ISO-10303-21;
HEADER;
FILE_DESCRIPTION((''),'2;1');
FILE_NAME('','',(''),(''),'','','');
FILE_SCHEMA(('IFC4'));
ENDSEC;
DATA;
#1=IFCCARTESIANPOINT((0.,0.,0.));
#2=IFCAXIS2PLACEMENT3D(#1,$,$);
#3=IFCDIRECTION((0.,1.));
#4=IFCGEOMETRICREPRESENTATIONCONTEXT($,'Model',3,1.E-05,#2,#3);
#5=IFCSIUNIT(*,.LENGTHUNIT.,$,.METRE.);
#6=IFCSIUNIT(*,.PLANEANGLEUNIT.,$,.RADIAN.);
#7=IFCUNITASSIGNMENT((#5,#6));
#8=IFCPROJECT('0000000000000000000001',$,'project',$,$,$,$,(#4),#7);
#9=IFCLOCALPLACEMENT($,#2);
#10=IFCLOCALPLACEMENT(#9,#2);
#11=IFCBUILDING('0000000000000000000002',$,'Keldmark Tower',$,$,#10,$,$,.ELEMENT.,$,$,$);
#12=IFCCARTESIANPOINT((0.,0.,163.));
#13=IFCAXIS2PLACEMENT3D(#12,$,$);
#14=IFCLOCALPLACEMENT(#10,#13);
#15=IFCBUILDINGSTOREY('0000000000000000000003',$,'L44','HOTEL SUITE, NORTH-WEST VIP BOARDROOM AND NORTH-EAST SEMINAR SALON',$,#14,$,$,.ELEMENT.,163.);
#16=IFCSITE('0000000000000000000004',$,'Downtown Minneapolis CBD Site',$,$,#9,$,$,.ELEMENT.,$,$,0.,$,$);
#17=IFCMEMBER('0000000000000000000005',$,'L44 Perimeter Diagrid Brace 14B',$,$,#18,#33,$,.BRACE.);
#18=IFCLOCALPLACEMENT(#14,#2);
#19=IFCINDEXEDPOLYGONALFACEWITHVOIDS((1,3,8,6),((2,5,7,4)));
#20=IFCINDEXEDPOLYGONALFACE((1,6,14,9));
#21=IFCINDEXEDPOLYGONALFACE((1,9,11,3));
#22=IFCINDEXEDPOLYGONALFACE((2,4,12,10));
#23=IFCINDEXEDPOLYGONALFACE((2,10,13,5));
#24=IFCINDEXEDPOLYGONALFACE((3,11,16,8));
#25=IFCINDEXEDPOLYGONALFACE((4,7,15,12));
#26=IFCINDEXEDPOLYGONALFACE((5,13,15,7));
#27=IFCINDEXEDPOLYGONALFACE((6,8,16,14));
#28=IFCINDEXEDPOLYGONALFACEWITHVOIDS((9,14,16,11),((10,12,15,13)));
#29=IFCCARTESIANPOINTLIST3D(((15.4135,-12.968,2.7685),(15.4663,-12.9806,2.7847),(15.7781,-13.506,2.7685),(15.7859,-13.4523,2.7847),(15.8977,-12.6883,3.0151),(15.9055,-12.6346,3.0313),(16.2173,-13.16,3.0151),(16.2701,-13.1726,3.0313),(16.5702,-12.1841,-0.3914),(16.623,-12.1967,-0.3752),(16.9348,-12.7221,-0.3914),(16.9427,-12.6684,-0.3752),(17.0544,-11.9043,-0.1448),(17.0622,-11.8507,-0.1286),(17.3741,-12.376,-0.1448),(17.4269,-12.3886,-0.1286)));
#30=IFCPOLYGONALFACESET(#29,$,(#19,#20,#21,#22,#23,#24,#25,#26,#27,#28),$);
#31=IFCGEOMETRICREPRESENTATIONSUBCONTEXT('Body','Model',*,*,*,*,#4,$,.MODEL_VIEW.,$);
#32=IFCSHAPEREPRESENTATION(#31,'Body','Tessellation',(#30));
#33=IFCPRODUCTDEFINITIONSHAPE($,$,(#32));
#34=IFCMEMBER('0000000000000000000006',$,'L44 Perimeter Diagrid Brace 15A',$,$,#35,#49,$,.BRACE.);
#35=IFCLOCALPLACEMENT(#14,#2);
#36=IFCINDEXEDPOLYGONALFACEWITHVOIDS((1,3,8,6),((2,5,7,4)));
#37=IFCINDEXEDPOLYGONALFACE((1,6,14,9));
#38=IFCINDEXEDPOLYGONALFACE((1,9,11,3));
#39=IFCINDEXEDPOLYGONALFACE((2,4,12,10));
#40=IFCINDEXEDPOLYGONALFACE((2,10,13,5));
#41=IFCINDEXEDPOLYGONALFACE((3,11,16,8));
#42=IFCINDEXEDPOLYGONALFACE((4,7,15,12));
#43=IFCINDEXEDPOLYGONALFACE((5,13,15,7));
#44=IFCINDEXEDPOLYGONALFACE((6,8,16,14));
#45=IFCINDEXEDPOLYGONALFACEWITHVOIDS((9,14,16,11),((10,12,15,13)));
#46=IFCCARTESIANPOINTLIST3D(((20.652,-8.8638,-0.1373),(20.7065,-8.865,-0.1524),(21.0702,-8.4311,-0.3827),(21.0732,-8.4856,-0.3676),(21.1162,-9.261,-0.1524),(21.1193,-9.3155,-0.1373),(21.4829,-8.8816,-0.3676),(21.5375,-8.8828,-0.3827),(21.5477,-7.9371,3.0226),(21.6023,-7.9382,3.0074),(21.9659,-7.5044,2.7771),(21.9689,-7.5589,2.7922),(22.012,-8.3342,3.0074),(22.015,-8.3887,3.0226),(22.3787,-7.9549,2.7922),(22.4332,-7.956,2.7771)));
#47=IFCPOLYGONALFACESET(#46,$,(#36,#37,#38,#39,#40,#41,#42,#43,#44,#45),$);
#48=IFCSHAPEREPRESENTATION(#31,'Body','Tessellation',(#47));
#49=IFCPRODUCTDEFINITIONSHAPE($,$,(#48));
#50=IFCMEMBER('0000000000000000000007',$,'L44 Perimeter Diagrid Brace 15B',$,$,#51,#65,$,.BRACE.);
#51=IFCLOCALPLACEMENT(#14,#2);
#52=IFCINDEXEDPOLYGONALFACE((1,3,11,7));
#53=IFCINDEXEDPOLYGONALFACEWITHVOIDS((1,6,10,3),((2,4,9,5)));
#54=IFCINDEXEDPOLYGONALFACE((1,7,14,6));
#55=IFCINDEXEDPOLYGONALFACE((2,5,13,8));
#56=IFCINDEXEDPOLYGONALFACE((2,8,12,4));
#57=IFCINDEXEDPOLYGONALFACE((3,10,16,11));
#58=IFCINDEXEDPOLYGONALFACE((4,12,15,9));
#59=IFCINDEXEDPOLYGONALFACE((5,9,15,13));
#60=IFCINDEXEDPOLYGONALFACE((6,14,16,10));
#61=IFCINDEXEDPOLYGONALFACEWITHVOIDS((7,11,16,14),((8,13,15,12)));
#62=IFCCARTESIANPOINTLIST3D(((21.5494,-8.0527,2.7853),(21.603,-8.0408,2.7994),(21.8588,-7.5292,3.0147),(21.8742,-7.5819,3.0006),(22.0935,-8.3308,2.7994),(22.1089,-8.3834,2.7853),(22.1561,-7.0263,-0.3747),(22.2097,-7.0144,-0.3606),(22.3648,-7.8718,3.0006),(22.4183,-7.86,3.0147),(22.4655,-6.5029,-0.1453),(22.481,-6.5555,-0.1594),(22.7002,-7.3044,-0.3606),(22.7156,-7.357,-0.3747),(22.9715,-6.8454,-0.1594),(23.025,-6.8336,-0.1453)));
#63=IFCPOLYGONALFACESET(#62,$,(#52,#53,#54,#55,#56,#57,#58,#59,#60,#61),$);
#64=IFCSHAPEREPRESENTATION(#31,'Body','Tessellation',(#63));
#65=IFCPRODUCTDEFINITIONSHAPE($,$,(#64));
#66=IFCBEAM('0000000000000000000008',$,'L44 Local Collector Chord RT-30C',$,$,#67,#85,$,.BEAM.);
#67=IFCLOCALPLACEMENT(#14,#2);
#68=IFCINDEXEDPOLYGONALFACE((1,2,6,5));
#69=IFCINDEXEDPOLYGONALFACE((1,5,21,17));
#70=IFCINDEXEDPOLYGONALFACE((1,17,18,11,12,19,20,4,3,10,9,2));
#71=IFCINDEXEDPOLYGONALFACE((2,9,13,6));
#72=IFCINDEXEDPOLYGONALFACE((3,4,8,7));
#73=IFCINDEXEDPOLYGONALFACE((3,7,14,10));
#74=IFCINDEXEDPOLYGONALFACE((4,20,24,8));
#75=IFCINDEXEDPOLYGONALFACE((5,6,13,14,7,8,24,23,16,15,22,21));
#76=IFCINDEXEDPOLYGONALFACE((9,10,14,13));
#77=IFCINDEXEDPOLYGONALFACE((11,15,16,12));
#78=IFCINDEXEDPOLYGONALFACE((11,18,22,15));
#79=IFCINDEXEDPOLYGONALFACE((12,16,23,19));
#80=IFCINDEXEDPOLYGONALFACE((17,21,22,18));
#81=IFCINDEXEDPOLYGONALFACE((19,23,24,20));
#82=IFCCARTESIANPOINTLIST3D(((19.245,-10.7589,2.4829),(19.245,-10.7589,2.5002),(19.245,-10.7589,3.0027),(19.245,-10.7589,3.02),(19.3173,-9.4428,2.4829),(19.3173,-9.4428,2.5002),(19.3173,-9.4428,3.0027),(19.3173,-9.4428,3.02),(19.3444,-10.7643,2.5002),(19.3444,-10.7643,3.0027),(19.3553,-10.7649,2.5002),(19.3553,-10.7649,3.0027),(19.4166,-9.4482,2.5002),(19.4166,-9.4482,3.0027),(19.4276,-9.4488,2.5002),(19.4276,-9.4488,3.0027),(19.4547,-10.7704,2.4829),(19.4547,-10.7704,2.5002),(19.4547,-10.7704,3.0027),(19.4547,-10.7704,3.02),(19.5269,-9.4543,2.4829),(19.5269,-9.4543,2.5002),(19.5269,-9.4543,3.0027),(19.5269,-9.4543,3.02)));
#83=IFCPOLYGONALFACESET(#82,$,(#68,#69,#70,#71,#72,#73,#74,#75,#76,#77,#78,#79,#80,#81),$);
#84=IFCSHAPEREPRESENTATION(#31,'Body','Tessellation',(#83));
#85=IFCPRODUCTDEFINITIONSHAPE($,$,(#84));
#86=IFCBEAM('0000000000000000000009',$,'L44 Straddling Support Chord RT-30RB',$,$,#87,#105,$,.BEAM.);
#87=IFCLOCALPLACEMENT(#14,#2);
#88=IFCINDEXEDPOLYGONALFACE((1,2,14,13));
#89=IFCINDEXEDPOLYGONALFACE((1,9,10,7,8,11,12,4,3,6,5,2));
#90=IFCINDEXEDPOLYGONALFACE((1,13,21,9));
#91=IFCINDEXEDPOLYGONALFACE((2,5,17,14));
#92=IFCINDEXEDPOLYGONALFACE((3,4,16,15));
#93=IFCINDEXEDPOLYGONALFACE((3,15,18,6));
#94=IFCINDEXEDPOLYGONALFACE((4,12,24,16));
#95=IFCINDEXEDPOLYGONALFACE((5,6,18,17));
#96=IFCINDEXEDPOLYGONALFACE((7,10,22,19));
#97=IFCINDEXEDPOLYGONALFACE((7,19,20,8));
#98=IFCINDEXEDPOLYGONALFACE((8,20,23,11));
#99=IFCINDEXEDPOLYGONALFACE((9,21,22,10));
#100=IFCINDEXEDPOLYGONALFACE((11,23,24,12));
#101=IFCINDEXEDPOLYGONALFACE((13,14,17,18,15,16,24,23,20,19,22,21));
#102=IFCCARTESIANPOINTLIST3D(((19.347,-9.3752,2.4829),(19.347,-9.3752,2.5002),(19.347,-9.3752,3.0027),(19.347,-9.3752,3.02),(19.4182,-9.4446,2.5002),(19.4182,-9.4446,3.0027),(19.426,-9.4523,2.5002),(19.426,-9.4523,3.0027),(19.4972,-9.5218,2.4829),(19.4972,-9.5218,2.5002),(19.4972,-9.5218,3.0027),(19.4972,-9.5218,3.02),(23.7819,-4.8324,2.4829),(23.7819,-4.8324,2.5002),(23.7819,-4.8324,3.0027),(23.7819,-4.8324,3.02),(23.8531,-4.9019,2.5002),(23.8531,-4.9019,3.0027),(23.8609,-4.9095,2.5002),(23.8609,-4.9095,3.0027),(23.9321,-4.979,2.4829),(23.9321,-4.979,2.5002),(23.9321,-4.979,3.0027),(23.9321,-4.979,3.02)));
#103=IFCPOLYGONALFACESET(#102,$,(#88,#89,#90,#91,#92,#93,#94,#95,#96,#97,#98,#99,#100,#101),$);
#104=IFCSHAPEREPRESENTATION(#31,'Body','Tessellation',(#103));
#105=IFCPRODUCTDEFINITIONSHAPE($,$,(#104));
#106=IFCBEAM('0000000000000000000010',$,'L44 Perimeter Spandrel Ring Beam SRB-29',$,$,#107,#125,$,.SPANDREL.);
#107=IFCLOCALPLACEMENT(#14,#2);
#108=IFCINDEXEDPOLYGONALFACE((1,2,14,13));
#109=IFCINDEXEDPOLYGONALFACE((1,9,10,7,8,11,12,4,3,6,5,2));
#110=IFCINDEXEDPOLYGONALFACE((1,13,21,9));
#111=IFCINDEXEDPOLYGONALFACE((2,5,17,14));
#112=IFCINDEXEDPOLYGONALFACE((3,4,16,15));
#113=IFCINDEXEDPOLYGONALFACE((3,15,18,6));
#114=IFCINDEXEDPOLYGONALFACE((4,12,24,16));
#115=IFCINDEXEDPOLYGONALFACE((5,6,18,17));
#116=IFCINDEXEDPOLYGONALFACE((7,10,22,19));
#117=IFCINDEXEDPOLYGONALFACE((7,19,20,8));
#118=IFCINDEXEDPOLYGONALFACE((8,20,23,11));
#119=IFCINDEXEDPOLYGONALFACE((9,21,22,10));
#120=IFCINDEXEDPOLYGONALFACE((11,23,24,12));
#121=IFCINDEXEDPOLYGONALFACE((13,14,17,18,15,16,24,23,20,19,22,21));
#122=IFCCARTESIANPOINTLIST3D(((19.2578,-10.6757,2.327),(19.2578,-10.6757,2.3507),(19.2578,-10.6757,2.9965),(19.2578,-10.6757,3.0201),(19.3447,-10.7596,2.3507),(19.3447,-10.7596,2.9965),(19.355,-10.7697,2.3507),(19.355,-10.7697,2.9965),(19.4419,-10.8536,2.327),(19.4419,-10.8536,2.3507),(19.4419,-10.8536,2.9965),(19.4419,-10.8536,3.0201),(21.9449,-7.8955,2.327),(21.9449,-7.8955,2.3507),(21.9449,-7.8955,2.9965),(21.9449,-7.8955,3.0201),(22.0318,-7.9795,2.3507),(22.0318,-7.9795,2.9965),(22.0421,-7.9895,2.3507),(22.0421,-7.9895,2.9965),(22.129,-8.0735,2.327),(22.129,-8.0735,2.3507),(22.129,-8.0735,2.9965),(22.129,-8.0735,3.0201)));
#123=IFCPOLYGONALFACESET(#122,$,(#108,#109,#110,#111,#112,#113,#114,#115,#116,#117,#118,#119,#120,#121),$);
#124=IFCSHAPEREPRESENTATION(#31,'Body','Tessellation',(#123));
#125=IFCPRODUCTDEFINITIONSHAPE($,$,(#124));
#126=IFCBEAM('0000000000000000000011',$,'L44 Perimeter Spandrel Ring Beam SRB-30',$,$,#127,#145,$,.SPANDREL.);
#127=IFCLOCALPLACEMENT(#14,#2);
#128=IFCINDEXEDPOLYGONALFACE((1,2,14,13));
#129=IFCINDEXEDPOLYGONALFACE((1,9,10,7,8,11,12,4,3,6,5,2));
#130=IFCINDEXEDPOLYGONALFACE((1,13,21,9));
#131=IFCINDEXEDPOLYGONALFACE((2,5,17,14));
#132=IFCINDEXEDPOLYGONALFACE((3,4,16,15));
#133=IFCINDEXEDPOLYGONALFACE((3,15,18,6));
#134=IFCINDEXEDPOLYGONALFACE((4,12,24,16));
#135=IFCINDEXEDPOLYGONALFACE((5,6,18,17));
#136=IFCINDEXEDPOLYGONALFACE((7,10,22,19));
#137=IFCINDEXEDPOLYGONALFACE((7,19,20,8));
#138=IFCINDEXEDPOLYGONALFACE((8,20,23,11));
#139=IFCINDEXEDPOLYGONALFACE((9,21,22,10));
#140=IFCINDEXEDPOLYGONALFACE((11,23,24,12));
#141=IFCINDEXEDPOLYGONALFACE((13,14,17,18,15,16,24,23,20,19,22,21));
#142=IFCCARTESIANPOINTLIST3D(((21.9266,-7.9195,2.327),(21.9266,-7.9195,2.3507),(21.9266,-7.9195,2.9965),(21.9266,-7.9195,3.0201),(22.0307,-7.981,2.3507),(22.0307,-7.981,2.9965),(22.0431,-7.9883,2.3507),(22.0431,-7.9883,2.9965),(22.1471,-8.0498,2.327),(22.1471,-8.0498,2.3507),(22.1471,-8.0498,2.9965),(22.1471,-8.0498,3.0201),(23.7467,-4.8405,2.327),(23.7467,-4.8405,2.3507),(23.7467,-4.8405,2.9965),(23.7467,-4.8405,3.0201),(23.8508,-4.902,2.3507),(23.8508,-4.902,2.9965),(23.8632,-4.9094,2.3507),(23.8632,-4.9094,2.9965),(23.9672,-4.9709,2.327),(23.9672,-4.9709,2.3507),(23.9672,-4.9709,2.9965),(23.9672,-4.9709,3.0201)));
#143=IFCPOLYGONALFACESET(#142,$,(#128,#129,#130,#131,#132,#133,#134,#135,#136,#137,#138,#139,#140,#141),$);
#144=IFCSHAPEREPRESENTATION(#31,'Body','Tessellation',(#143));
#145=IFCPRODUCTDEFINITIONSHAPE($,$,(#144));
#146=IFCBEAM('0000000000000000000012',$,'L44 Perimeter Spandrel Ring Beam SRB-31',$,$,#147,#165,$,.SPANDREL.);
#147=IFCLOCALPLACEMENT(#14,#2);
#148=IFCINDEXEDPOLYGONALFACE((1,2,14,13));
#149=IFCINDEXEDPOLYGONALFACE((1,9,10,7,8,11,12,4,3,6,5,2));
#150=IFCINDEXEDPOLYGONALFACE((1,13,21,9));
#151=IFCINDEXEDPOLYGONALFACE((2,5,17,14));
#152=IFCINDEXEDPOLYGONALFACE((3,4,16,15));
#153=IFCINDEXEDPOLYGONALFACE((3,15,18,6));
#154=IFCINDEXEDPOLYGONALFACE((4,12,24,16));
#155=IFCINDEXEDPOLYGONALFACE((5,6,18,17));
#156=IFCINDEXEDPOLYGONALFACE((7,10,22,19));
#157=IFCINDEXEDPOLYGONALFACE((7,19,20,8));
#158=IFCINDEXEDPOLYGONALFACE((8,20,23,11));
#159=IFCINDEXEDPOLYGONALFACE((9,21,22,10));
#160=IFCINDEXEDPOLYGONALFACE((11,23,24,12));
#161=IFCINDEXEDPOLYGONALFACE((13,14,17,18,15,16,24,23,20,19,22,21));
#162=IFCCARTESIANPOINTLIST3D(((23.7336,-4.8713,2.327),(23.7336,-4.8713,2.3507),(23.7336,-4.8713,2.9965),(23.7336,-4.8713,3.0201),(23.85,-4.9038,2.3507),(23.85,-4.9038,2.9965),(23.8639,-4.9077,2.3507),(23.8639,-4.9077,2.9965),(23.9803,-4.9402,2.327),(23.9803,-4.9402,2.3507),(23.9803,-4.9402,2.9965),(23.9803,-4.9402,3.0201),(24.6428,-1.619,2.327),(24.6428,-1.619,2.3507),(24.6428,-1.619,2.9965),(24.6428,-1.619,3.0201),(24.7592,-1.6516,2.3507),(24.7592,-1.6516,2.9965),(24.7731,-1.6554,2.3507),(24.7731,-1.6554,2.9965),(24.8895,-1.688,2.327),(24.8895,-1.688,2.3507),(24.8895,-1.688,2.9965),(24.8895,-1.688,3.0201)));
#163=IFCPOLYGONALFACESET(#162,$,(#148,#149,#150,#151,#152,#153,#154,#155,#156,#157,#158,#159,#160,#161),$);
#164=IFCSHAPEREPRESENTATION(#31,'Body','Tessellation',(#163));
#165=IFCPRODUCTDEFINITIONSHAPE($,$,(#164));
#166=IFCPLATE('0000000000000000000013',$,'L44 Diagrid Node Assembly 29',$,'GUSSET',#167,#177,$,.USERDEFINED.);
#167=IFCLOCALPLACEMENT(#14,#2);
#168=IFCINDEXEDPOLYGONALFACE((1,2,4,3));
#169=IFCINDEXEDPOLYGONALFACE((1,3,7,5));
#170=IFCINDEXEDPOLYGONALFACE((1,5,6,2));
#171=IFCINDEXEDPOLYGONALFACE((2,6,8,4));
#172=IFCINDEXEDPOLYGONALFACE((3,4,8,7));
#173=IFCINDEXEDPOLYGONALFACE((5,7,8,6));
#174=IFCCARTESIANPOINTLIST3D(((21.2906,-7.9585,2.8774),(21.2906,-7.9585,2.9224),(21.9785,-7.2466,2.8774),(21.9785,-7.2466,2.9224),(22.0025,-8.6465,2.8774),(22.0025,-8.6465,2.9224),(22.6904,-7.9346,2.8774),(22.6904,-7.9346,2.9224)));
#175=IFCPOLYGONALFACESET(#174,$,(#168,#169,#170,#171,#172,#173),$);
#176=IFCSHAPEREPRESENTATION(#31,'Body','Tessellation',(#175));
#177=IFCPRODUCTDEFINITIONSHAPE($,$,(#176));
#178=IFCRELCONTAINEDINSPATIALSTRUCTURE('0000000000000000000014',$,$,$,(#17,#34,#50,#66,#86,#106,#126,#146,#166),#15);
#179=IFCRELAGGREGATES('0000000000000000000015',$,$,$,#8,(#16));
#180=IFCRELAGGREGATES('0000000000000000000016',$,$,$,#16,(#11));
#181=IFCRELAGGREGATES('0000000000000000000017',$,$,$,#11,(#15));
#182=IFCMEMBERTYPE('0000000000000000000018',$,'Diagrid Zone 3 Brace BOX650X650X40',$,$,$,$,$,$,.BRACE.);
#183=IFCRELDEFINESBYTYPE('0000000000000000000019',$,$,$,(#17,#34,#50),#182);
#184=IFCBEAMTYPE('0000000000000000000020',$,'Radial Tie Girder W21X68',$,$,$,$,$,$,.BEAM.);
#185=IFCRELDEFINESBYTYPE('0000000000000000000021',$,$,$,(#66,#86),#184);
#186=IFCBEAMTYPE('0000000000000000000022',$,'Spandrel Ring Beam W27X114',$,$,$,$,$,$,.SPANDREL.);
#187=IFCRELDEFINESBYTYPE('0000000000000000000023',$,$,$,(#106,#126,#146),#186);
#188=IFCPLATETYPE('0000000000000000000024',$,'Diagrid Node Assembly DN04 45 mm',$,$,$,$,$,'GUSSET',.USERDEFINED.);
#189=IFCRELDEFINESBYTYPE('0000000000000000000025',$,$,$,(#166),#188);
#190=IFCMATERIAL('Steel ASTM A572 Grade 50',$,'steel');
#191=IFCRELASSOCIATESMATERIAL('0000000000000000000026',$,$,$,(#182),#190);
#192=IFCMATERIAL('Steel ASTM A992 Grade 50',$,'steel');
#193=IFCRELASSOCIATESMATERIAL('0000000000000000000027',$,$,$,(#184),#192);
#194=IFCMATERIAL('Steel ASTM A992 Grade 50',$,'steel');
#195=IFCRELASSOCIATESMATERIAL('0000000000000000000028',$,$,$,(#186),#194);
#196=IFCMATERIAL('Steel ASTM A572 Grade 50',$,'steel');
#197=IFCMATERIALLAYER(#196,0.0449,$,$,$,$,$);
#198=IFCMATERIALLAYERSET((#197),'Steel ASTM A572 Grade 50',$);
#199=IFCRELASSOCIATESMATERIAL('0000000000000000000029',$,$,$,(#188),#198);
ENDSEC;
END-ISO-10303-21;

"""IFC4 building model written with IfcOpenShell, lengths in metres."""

from ifc_helpers import new_model, si_unit, direction, frame, origin, origin_2d, place, context, subcontext, project, spatial, rectangle, hollow_rectangle, i_section, extrude, material, layer, layer_set, material_profile, profile_set, type_object, element, save


model = new_model("IFC4")

# Units and contexts
model_context = context("Model", 3, precision=1e-05, world=origin(), true_north=direction((0.0, 1.0)))
body_context = subcontext(model_context, "Body", "Model", "MODEL_VIEW")
ifc_project = project(units=[si_unit("LENGTHUNIT", "METRE"), si_unit("PLANEANGLEUNIT", "RADIAN")], contexts=[model_context])

# Site, building, storey
site_placement = place(None, origin())
site = spatial("IfcSite", under=ifc_project, at=site_placement, Name="Downtown Minneapolis CBD Site", CompositionType="ELEMENT", RefElevation=0.0)
building_placement = place(site_placement, origin())
building = spatial("IfcBuilding", under=site, at=building_placement, Name="Keldmark Tower", CompositionType="ELEMENT")
storey_placement = place(building_placement, frame((0.0, 0.0, 163.0)))
storey = spatial("IfcBuildingStorey", under=building, at=storey_placement, Name="L44", Description="HOTEL SUITE, NORTH-WEST VIP BOARDROOM AND NORTH-EAST SEMINAR SALON", CompositionType="ELEMENT", Elevation=163.0)

# Members
ifc_material_1 = material(Name="Steel ASTM A572 Grade 50", Category="steel")
ifc_material_profile_1 = material_profile(ifc_material_1, hollow_rectangle(XDim=0.6499, YDim=0.6499, WallThickness=0.04, at=origin_2d()), Name="BOX650X650X40")
ifc_profile_set_1 = profile_set([ifc_material_profile_1], Name="Steel ASTM A572 Grade 50")
member_type = type_object("IfcMemberType", Name="Diagrid Zone 3 Brace BOX650X650X40", PredefinedType="BRACE", material=ifc_profile_set_1)
member_1_placement = place(storey_placement, frame((16.9985, -12.2864, -0.26), z_axis=(-0.334793, -0.226893, 0.914567), x_axis=(0.561014, -0.827806, 0.0)))
element("IfcMember", 1, at=member_1_placement, inside=storey, type_object=member_type, Name="L44 Perimeter Diagrid Brace 14B", PredefinedType="BRACE", context=body_context, shape_type="SweptSolid", body=[
    extrude(hollow_rectangle(XDim=0.6499, YDim=0.6499, WallThickness=0.04, at=origin_2d()), origin(), (0.0, 0.0, 1.0), 3.4551),
])
member_2_placement = place(storey_placement, frame((21.0947, -8.8733, -0.26), z_axis=(0.262479, 0.271564, 0.925936), x_axis=(-0.719033, 0.694976, 0.0)))
element("IfcMember", 2, at=member_2_placement, inside=storey, type_object=member_type, Name="L44 Perimeter Diagrid Brace 15A", PredefinedType="BRACE", context=body_context, shape_type="SweptSolid", body=[
    extrude(hollow_rectangle(XDim=0.6499, YDim=0.6499, WallThickness=0.04, at=origin_2d()), origin(), (0.0, 0.0, 1.0), 3.4126),
])
member_3_placement = place(storey_placement, frame((22.5906, -6.9299, -0.26), z_axis=(-0.179634, -0.303896, 0.935617), x_axis=(0.860853, -0.508853, 0.0)))
element("IfcMember", 3, at=member_3_placement, inside=storey, type_object=member_type, Name="L44 Perimeter Diagrid Brace 15B", PredefinedType="BRACE", context=body_context, shape_type="SweptSolid", body=[
    extrude(hollow_rectangle(XDim=0.6499, YDim=0.6499, WallThickness=0.04, at=origin_2d()), origin(), (0.0, 0.0, 1.0), 3.3774),
])

# Beams
ifc_material_2 = material(Name="Steel ASTM A992 Grade 50", Category="steel")
ifc_material_profile_2 = material_profile(ifc_material_2, i_section(OverallWidth=0.21, OverallDepth=0.5371, WebThickness=0.011, FlangeThickness=0.0173, at=origin_2d()), Name="W21X68")
ifc_profile_set_2 = profile_set([ifc_material_profile_2], Name="Steel ASTM A992 Grade 50")
beam_type_1 = type_object("IfcBeamType", Name="Radial Tie Girder W21X68", PredefinedType="BEAM", material=ifc_profile_set_2)
beam_1_placement = place(storey_placement, frame((19.3499, -10.7646, 2.7515), z_axis=(0.054824, 0.998496, 0.0), x_axis=(-0.998496, 0.054824, 0.0)))
element("IfcBeam", 4, at=beam_1_placement, inside=storey, type_object=beam_type_1, Name="L44 Local Collector Chord RT-30C", PredefinedType="BEAM", context=body_context, shape_type="SweptSolid", body=[
    extrude(i_section(OverallWidth=0.21, OverallDepth=0.5371, WebThickness=0.011, FlangeThickness=0.0173, at=origin_2d()), origin(), (0.0, 0.0, 1.0), 1.3181),
])
beam_2_placement = place(storey_placement, frame((19.4221, -9.4485, 2.7515), z_axis=(0.698557, 0.715555, 0.0), x_axis=(-0.715555, 0.698557, 0.0)))
element("IfcBeam", 5, at=beam_2_placement, inside=storey, type_object=beam_type_1, Name="L44 Straddling Support Chord RT-30RB", PredefinedType="BEAM", context=body_context, shape_type="SweptSolid", body=[
    extrude(i_section(OverallWidth=0.21, OverallDepth=0.5371, WebThickness=0.011, FlangeThickness=0.0173, at=origin_2d()), origin(), (0.0, 0.0, 1.0), 6.3486),
])
ifc_material_3 = material(Name="Steel ASTM A992 Grade 50", Category="steel")
ifc_material_profile_3 = material_profile(ifc_material_3, i_section(OverallWidth=0.2561, OverallDepth=0.6931, WebThickness=0.0144, FlangeThickness=0.0237, at=origin_2d()), Name="W27X114")
ifc_profile_set_3 = profile_set([ifc_material_profile_3], Name="Steel ASTM A992 Grade 50")
beam_type_2 = type_object("IfcBeamType", Name="Spandrel Ring Beam W27X114", PredefinedType="SPANDREL", material=ifc_profile_set_3)
beam_3_placement = place(storey_placement, frame((19.3499, -10.7646, 2.6736), z_axis=(0.694975, 0.719034, 0.0), x_axis=(-0.719034, 0.694975, 0.0)))
element("IfcBeam", 6, at=beam_3_placement, inside=storey, type_object=beam_type_2, Name="L44 Perimeter Spandrel Ring Beam SRB-29", PredefinedType="SPANDREL", context=body_context, shape_type="SweptSolid", body=[
    extrude(i_section(OverallWidth=0.2561, OverallDepth=0.6931, WebThickness=0.0144, FlangeThickness=0.0237, at=origin_2d()), origin(), (0.0, 0.0, 1.0), 3.8665),
])
beam_4_placement = place(storey_placement, frame((22.0369, -7.9846, 2.6736), z_axis=(0.508883, 0.860835, 0.0), x_axis=(-0.860835, 0.508883, 0.0)))
element("IfcBeam", 7, at=beam_4_placement, inside=storey, type_object=beam_type_2, Name="L44 Perimeter Spandrel Ring Beam SRB-30", PredefinedType="SPANDREL", context=body_context, shape_type="SweptSolid", body=[
    extrude(i_section(OverallWidth=0.2561, OverallDepth=0.6931, WebThickness=0.0144, FlangeThickness=0.0237, at=origin_2d()), origin(), (0.0, 0.0, 1.0), 3.5767),
])
beam_5_placement = place(storey_placement, frame((23.8569, -4.9058, 2.6736), z_axis=(0.269236, 0.963074, 0.0), x_axis=(-0.963074, 0.269236, 0.0)))
element("IfcBeam", 8, at=beam_5_placement, inside=storey, type_object=beam_type_2, Name="L44 Perimeter Spandrel Ring Beam SRB-31", PredefinedType="SPANDREL", context=body_context, shape_type="SweptSolid", body=[
    extrude(i_section(OverallWidth=0.2561, OverallDepth=0.6931, WebThickness=0.0144, FlangeThickness=0.0237, at=origin_2d()), origin(), (0.0, 0.0, 1.0), 3.377),
])

# Plate
ifc_material_4 = material(Name="Steel ASTM A572 Grade 50", Category="steel")
ifc_layer_1 = layer(ifc_material_4, 0.0449)
ifc_layer_set_1 = layer_set([ifc_layer_1], Name="Steel ASTM A572 Grade 50")
plate_type = type_object("IfcPlateType", Name="Diagrid Node Assembly DN04 45 mm", ElementType="GUSSET", PredefinedType="USERDEFINED", material=ifc_layer_set_1)
plate_placement = place(storey_placement, frame((21.9905, -7.9465, 2.8774), z_axis=(0.0, 0.0, 1.0), x_axis=(0.694909, 0.719097, 0.0)))
element("IfcPlate", 9, at=plate_placement, inside=storey, type_object=plate_type, Name="L44 Diagrid Node Assembly 29", ObjectType="GUSSET", PredefinedType="USERDEFINED", context=body_context, shape_type="SweptSolid", body=[
    extrude(rectangle(XDim=0.99, YDim=0.99, at=origin_2d()), origin(), (0.0, 0.0, 1.0), 0.0449),
])

save(model, "model.ifc")
